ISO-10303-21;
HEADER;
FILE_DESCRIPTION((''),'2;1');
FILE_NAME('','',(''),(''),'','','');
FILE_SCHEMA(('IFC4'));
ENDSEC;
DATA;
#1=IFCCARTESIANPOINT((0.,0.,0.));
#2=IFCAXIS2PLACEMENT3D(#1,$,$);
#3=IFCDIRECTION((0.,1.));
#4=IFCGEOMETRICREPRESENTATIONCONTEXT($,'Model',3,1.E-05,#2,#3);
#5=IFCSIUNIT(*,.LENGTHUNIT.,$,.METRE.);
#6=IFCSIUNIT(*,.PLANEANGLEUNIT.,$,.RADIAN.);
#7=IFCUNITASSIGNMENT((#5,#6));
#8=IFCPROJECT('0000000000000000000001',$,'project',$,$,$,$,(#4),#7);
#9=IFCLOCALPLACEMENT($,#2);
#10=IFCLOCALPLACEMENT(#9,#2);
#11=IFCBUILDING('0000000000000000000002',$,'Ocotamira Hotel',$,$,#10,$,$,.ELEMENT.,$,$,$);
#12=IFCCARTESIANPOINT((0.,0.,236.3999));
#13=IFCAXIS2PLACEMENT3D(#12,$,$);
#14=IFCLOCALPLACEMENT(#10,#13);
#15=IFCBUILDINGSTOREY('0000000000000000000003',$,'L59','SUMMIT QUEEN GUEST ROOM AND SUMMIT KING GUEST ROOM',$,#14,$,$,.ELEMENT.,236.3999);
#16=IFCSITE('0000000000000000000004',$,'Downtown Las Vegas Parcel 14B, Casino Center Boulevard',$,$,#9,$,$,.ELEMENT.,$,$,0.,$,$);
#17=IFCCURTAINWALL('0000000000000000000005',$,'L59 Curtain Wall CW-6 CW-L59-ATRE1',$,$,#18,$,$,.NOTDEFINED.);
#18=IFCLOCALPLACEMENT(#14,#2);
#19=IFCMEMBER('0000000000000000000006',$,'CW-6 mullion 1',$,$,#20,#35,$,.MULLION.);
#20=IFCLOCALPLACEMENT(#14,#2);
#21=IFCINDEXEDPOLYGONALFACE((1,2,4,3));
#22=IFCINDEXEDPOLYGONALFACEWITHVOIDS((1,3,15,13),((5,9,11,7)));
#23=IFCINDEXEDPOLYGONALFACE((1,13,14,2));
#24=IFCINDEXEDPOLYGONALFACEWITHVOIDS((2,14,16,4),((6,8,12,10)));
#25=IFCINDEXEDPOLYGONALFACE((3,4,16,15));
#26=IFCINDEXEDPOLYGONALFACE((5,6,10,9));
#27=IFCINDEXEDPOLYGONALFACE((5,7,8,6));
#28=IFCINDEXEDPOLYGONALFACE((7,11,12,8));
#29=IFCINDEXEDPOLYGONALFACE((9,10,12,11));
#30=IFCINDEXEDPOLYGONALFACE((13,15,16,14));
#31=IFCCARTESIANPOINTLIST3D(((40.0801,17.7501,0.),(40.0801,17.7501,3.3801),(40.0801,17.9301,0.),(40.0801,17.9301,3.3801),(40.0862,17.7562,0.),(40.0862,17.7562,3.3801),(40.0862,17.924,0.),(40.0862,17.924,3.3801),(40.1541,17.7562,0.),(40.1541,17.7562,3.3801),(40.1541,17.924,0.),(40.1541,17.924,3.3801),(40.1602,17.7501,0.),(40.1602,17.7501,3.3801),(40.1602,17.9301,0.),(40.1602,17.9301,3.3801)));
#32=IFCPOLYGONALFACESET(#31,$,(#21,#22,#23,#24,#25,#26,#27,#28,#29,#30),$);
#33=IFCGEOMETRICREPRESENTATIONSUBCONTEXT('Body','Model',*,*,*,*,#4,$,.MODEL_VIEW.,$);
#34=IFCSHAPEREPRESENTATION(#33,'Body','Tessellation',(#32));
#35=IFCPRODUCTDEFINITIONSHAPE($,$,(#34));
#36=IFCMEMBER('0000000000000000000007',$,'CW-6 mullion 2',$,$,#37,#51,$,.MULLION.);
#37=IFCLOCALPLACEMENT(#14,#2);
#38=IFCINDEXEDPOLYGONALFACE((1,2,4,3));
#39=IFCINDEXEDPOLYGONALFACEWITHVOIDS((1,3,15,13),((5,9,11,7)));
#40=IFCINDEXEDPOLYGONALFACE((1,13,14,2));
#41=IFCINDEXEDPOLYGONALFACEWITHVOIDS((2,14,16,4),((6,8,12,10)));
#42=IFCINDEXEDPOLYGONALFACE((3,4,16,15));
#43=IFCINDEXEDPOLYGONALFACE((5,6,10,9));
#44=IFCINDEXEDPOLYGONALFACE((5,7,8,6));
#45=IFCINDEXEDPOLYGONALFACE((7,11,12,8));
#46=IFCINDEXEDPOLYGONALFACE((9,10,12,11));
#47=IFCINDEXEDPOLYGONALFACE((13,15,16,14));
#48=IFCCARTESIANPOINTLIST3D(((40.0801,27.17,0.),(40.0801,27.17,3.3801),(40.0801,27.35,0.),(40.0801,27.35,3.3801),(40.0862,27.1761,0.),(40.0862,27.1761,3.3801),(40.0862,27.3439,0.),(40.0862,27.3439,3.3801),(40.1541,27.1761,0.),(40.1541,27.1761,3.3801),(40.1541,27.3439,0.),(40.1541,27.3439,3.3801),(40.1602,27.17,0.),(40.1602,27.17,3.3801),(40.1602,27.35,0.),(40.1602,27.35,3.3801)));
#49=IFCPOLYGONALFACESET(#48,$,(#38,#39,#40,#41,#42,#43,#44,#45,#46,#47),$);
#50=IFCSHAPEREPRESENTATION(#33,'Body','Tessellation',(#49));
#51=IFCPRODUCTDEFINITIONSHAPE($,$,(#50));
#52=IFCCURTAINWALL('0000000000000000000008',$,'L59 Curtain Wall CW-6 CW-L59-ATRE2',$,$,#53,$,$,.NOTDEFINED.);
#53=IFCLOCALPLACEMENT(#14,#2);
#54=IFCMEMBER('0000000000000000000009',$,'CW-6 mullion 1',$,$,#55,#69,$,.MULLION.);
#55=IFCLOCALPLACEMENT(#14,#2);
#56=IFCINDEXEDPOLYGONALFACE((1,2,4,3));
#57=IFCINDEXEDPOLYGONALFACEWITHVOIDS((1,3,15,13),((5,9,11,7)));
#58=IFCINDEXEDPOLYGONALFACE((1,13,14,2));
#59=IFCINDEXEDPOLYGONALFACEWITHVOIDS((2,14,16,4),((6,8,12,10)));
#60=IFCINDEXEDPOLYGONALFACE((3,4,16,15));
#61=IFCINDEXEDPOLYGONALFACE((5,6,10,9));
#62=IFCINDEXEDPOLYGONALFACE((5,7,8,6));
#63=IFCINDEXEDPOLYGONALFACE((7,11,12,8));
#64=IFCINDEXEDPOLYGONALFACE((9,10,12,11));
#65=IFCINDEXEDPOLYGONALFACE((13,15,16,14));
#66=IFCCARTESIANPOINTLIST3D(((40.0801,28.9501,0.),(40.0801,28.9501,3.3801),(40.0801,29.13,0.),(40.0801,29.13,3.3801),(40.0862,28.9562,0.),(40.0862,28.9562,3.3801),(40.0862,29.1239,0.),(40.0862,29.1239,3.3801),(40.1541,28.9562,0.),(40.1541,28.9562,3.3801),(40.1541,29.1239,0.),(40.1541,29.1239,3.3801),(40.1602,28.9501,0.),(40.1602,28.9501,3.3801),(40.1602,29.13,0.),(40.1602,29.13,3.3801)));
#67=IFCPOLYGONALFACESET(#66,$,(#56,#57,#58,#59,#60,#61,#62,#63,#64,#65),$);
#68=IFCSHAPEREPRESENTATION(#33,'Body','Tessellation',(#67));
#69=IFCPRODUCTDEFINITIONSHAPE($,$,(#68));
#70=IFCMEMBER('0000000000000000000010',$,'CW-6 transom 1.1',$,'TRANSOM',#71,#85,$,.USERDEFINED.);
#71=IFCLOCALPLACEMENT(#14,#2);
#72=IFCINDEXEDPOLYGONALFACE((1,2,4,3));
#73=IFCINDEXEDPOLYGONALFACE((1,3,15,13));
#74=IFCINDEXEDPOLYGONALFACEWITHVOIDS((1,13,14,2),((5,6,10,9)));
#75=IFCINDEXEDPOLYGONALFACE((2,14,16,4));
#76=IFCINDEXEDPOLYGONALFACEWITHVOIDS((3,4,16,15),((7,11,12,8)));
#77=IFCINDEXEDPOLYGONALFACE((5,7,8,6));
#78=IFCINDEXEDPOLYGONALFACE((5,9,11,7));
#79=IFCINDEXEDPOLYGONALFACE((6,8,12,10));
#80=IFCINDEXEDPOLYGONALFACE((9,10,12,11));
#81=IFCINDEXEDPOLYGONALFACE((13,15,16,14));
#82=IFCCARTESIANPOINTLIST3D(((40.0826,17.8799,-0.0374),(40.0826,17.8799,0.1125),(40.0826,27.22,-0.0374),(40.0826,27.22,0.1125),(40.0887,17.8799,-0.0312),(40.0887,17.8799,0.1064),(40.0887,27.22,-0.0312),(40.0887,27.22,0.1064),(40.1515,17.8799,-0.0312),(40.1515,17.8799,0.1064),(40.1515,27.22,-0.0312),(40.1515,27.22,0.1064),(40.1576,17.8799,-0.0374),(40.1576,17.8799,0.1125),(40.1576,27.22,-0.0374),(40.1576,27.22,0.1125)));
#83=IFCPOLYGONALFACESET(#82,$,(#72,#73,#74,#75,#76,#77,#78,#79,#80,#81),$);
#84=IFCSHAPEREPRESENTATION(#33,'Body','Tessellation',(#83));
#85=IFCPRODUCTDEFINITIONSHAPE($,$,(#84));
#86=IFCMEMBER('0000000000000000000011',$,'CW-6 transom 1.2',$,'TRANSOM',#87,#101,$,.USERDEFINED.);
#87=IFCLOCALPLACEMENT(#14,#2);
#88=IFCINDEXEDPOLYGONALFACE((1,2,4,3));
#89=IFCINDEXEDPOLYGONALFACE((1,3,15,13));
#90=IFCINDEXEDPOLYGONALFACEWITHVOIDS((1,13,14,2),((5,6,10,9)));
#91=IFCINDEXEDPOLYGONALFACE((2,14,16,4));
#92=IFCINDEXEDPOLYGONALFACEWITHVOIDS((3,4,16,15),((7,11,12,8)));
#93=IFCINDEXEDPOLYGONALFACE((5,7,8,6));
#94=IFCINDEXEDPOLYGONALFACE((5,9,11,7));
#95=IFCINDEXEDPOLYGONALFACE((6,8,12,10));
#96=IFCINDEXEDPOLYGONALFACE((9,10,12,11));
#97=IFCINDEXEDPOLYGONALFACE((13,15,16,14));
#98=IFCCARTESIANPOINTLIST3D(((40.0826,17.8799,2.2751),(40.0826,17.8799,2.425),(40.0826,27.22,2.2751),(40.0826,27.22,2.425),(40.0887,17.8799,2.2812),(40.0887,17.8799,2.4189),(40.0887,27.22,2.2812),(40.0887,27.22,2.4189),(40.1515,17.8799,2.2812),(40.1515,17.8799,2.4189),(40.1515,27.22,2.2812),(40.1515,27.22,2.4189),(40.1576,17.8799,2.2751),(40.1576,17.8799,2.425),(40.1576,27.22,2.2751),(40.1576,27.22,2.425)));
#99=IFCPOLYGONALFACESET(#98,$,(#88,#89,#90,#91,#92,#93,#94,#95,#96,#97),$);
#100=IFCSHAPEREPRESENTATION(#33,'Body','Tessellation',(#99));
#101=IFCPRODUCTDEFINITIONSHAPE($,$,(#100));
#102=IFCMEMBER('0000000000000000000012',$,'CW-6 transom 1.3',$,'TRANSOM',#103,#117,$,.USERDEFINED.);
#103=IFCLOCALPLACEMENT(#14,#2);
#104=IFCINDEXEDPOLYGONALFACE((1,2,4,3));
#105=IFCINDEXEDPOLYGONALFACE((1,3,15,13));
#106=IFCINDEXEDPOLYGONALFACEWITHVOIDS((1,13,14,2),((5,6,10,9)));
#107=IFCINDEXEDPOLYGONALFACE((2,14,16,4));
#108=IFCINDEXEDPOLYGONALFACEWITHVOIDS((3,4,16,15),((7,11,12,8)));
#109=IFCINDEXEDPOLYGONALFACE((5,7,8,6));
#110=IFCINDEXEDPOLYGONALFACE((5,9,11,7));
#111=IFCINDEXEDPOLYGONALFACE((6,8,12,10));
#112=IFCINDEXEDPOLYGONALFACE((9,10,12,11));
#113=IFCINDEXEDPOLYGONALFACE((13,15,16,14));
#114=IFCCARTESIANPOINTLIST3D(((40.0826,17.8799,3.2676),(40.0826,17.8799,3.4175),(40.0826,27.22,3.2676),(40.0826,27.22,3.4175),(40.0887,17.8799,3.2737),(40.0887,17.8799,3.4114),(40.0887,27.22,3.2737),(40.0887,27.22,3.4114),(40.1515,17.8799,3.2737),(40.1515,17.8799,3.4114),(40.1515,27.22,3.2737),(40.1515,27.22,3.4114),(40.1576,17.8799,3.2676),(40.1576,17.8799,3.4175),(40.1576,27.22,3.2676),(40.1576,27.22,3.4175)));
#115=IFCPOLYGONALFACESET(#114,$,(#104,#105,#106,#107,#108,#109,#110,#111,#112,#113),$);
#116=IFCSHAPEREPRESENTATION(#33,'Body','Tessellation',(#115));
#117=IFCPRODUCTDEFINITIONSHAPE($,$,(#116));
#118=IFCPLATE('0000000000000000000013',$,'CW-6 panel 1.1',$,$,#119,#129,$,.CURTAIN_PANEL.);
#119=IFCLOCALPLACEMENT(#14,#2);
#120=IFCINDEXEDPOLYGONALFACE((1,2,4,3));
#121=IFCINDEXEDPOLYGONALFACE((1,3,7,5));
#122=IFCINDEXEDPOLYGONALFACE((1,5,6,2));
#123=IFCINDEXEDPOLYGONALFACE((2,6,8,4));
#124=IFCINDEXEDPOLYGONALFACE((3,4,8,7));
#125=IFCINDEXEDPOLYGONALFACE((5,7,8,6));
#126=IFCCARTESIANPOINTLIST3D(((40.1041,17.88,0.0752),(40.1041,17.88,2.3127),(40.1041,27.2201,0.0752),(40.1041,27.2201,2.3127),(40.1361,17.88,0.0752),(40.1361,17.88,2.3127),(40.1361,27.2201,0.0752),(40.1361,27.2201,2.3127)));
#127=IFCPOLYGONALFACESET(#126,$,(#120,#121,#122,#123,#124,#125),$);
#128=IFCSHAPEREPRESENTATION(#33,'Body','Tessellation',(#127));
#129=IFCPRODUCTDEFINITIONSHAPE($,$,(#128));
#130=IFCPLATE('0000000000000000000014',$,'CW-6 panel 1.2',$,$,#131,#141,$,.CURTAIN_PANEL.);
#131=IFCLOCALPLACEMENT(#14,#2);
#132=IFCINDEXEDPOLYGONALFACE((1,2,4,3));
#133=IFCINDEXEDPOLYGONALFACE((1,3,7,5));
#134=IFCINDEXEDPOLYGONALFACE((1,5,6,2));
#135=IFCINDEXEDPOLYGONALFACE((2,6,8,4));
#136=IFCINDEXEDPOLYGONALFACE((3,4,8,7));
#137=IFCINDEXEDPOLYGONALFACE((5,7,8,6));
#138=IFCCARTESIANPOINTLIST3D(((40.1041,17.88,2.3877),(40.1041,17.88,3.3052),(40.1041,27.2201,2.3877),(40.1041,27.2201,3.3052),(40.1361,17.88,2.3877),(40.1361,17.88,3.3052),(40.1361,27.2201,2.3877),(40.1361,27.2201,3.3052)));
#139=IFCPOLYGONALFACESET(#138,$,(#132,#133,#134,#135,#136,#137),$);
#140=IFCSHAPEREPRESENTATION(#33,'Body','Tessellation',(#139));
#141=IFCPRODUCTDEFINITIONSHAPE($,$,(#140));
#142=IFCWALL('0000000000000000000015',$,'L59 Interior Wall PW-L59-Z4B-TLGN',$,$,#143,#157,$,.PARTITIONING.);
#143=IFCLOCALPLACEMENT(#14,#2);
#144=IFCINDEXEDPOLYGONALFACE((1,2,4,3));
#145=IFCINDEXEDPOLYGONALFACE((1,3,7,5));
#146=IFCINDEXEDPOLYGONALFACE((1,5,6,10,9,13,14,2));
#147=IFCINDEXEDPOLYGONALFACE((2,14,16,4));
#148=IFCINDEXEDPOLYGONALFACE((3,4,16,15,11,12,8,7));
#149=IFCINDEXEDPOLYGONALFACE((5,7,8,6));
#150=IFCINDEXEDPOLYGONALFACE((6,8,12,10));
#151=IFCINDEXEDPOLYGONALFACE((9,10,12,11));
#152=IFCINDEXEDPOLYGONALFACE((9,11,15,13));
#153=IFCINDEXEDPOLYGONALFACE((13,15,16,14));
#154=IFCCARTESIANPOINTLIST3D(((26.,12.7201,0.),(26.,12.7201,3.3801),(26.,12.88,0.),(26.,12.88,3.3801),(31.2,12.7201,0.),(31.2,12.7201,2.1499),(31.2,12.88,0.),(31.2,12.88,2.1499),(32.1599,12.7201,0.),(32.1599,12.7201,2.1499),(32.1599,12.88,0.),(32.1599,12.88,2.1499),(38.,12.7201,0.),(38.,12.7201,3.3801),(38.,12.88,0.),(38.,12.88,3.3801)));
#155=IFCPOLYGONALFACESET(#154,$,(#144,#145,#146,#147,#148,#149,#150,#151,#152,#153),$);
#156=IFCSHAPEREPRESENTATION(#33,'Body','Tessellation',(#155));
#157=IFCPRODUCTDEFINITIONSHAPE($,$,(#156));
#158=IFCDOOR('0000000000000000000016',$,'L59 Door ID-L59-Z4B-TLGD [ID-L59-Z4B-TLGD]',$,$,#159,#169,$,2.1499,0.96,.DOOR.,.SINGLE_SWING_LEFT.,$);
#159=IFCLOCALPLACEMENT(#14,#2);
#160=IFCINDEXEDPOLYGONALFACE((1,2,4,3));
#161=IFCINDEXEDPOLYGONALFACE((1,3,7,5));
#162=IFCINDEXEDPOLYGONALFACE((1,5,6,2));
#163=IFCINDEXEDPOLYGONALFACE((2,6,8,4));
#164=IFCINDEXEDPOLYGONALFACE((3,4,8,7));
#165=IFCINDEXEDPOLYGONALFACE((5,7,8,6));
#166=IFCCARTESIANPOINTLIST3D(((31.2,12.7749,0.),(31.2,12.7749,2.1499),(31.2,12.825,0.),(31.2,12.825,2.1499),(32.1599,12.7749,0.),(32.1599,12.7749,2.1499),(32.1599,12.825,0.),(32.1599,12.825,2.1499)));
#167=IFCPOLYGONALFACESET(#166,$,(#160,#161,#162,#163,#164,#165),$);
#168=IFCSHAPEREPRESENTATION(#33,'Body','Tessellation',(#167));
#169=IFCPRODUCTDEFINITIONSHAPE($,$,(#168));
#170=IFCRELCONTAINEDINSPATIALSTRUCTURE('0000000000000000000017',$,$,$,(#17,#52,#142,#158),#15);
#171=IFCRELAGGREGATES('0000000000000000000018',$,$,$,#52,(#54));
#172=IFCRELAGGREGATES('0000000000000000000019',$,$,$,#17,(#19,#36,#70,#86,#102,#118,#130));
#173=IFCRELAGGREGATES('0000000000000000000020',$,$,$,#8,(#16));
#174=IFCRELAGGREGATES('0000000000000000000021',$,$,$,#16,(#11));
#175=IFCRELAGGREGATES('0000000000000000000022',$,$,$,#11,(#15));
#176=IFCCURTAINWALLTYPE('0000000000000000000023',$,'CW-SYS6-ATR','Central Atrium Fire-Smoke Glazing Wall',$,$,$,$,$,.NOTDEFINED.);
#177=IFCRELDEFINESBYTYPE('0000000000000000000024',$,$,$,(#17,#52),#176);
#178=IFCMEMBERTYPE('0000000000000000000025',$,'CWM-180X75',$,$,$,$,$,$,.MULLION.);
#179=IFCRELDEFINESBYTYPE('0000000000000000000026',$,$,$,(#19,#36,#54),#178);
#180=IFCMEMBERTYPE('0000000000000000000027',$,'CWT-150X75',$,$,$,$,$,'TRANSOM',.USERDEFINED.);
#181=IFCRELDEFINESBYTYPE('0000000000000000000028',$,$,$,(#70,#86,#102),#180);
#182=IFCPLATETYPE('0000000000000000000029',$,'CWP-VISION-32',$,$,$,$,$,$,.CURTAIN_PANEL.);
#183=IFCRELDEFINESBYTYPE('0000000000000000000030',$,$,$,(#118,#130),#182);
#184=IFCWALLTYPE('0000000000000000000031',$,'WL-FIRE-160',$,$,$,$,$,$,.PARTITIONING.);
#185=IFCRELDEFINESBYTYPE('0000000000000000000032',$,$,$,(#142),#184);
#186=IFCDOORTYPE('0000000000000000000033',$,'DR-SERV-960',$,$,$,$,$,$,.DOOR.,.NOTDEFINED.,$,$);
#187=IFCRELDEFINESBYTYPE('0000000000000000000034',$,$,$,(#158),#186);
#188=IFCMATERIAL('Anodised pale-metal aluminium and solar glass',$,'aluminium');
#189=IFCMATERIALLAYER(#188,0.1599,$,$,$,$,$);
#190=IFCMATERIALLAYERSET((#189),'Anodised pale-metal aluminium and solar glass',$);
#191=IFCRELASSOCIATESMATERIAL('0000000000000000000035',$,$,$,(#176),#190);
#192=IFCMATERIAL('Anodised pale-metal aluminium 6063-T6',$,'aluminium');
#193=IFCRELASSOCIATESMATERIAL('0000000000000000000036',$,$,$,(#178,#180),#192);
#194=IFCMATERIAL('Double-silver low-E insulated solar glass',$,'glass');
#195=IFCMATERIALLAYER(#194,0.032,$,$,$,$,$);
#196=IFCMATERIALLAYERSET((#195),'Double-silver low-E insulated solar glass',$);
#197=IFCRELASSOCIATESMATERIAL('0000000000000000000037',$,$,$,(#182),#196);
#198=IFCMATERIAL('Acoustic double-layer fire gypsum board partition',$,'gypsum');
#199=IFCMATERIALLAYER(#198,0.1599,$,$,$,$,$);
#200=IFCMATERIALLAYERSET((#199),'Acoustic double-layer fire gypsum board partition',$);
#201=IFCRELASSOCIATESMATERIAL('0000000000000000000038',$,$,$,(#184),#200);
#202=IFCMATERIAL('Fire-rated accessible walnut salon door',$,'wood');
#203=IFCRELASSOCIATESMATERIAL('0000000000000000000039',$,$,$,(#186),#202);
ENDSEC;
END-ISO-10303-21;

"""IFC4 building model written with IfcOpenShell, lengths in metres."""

from ifc_helpers import new_model, si_unit, direction, frame, frame_2d, origin, origin_2d, place, context, subcontext, project, spatial, rectangle, hollow_rectangle, extrude, source, transform, mapped, material, layer, layer_set, material_profile, profile_set, type_object, element, fill, aggregate, save


model = new_model("IFC4")

# Units and contexts
model_context = context("Model", 3, precision=1e-05, world=origin(), true_north=direction((0.0, 1.0)))
body_context = subcontext(model_context, "Body", "Model", "MODEL_VIEW")
ifc_project = project(units=[si_unit("LENGTHUNIT", "METRE"), si_unit("PLANEANGLEUNIT", "RADIAN")], contexts=[model_context])

# Site, building, storey
site_placement = place(None, origin())
site = spatial("IfcSite", under=ifc_project, at=site_placement, Name="Downtown Las Vegas Parcel 14B, Casino Center Boulevard", CompositionType="ELEMENT", RefElevation=0.0)
building_placement = place(site_placement, origin())
building = spatial("IfcBuilding", under=site, at=building_placement, Name="Ocotamira Hotel", CompositionType="ELEMENT")
storey_placement = place(building_placement, frame((0.0, 0.0, 236.3999)))
storey = spatial("IfcBuildingStorey", under=building, at=storey_placement, Name="L59", Description="SUMMIT QUEEN GUEST ROOM AND SUMMIT KING GUEST ROOM", CompositionType="ELEMENT", Elevation=236.3999)

# Curtain wall, members
ifc_material_1 = material(Name="Anodised pale-metal aluminium and solar glass", Category="aluminium")
ifc_layer_1 = layer(ifc_material_1, 0.1599)
ifc_layer_set_1 = layer_set([ifc_layer_1], Name="Anodised pale-metal aluminium and solar glass")
curtain_wall_type = type_object("IfcCurtainWallType", Name="CW-SYS6-ATR", Description="Central Atrium Fire-Smoke Glazing Wall", PredefinedType="NOTDEFINED", material=ifc_layer_set_1)
curtain_wall_1_placement = place(storey_placement, origin())
curtain_wall_1 = element("IfcCurtainWall", 1, at=curtain_wall_1_placement, inside=storey, type_object=curtain_wall_type, Name="L59 Curtain Wall CW-6 CW-L59-ATRE1", PredefinedType="NOTDEFINED")
ifc_material_2 = material(Name="Anodised pale-metal aluminium 6063-T6", Category="aluminium")
ifc_material_profile_1 = material_profile(ifc_material_2, hollow_rectangle(XDim=0.0801, YDim=0.1799, WallThickness=0.0061, at=origin_2d()), Name="HSS180X80X6")
ifc_profile_set_1 = profile_set([ifc_material_profile_1], Name="Anodised pale-metal aluminium 6063-T6")
member_type_1 = type_object("IfcMemberType", Name="CWM-180X75", PredefinedType="MULLION", material=ifc_profile_set_1)
shared_shape_1 = source(origin(), body_context, "Body", "SweptSolid", [
    extrude(hollow_rectangle(XDim=0.0801, YDim=0.1799, WallThickness=0.0061, at=origin_2d()), origin(), (0.0, 0.0, 1.0), 3.3801),
])
member_1_placement = place(storey_placement, frame((40.1201, 17.8401, 0.0), z_axis=(0.0, 0.0, 1.0), x_axis=(-1.0, 0.0, 0.0)))
member_1 = element("IfcMember", 2, at=member_1_placement, type_object=member_type_1, Name="CW-6 mullion 1", PredefinedType="MULLION", context=body_context, shape_type="MappedRepresentation", body=[
    mapped(shared_shape_1, transform((0.0, 0.0, 0.0), scale=1.0)),
])
member_2_placement = place(storey_placement, frame((40.1201, 27.26, 0.0), z_axis=(0.0, 0.0, 1.0), x_axis=(-1.0, 0.0, 0.0)))
member_2 = element("IfcMember", 3, at=member_2_placement, type_object=member_type_1, Name="CW-6 mullion 2", PredefinedType="MULLION", context=body_context, shape_type="MappedRepresentation", body=[
    mapped(shared_shape_1, transform((0.0, 0.0, 0.0), scale=1.0)),
])

# Curtain wall, member
curtain_wall_2_placement = place(storey_placement, origin())
curtain_wall_2 = element("IfcCurtainWall", 4, at=curtain_wall_2_placement, inside=storey, type_object=curtain_wall_type, Name="L59 Curtain Wall CW-6 CW-L59-ATRE2", PredefinedType="NOTDEFINED")
member_3_placement = place(storey_placement, frame((40.1201, 29.04, 0.0), z_axis=(0.0, 0.0, 1.0), x_axis=(-1.0, 0.0, 0.0)))
member_3 = element("IfcMember", 5, at=member_3_placement, type_object=member_type_1, Name="CW-6 mullion 1", PredefinedType="MULLION", context=body_context, shape_type="MappedRepresentation", body=[
    mapped(shared_shape_1, transform((0.0, 0.0, 0.0), scale=1.0)),
])
aggregate(curtain_wall_2, [member_3])

# Members
ifc_material_profile_2 = material_profile(ifc_material_2, hollow_rectangle(XDim=0.075, YDim=0.1499, WallThickness=0.0061, at=origin_2d()), Name="HSS150X75X6")
ifc_profile_set_2 = profile_set([ifc_material_profile_2], Name="Anodised pale-metal aluminium 6063-T6")
member_type_2 = type_object("IfcMemberType", Name="CWT-150X75", ElementType="TRANSOM", PredefinedType="USERDEFINED", material=ifc_profile_set_2)
shared_shape_2 = source(origin(), body_context, "Body", "SweptSolid", [
    extrude(hollow_rectangle(XDim=0.075, YDim=0.1499, WallThickness=0.0061, at=origin_2d()), origin(), (0.0, 0.0, 1.0), 9.3401),
])
member_4_placement = place(storey_placement, frame((40.1201, 17.8799, 0.0376), z_axis=(0.0, 1.0, 0.0), x_axis=(-1.0, 0.0, 0.0)))
member_4 = element("IfcMember", 6, at=member_4_placement, type_object=member_type_2, Name="CW-6 transom 1.1", ObjectType="TRANSOM", PredefinedType="USERDEFINED", context=body_context, shape_type="MappedRepresentation", body=[
    mapped(shared_shape_2, transform((0.0, 0.0, 0.0), scale=1.0)),
])
member_5_placement = place(storey_placement, frame((40.1201, 17.8799, 2.3501), z_axis=(0.0, 1.0, 0.0), x_axis=(-1.0, 0.0, 0.0)))
member_5 = element("IfcMember", 7, at=member_5_placement, type_object=member_type_2, Name="CW-6 transom 1.2", ObjectType="TRANSOM", PredefinedType="USERDEFINED", context=body_context, shape_type="MappedRepresentation", body=[
    mapped(shared_shape_2, transform((0.0, 0.0, 0.0), scale=1.0)),
])
member_6_placement = place(storey_placement, frame((40.1201, 17.8799, 3.3425), z_axis=(0.0, 1.0, 0.0), x_axis=(-1.0, 0.0, 0.0)))
member_6 = element("IfcMember", 8, at=member_6_placement, type_object=member_type_2, Name="CW-6 transom 1.3", ObjectType="TRANSOM", PredefinedType="USERDEFINED", context=body_context, shape_type="MappedRepresentation", body=[
    mapped(shared_shape_2, transform((0.0, 0.0, 0.0), scale=1.0)),
])

# Plates
ifc_material_3 = material(Name="Double-silver low-E insulated solar glass", Category="glass")
ifc_layer_2 = layer(ifc_material_3, 0.032)
ifc_layer_set_2 = layer_set([ifc_layer_2], Name="Double-silver low-E insulated solar glass")
plate_type = type_object("IfcPlateType", Name="CWP-VISION-32", PredefinedType="CURTAIN_PANEL", material=ifc_layer_set_2)
shared_shape_3 = source(origin(), body_context, "Body", "SweptSolid", [
    extrude(rectangle(XDim=9.3401, YDim=0.032, at=origin_2d()), origin(), (0.0, 0.0, 1.0), 2.2375),
])
plate_1_placement = place(storey_placement, frame((40.1201, 22.55, 0.0752), z_axis=(0.0, 0.0, 1.0), x_axis=(0.0, 1.0, 0.0)))
plate_1 = element("IfcPlate", 9, at=plate_1_placement, type_object=plate_type, Name="CW-6 panel 1.1", PredefinedType="CURTAIN_PANEL", context=body_context, shape_type="MappedRepresentation", body=[
    mapped(shared_shape_3, transform((0.0, 0.0, 0.0), scale=1.0)),
])
shared_shape_4 = source(origin(), body_context, "Body", "SweptSolid", [
    extrude(rectangle(XDim=9.3401, YDim=0.032, at=origin_2d()), origin(), (0.0, 0.0, 1.0), 0.9175),
])
plate_2_placement = place(storey_placement, frame((40.1201, 22.55, 2.3877), z_axis=(0.0, 0.0, 1.0), x_axis=(0.0, 1.0, 0.0)))
plate_2 = element("IfcPlate", 10, at=plate_2_placement, type_object=plate_type, Name="CW-6 panel 1.2", PredefinedType="CURTAIN_PANEL", context=body_context, shape_type="MappedRepresentation", body=[
    mapped(shared_shape_4, transform((0.0, 0.0, 0.0), scale=1.0)),
])
aggregate(curtain_wall_1, [member_1, member_2, member_4, member_5, member_6, plate_1, plate_2])

# Wall, opening, door
ifc_material_4 = material(Name="Acoustic double-layer fire gypsum board partition", Category="gypsum")
ifc_layer_3 = layer(ifc_material_4, 0.1599)
ifc_layer_set_3 = layer_set([ifc_layer_3], Name="Acoustic double-layer fire gypsum board partition")
wall_type_1 = type_object("IfcWallType", Name="WL-FIRE-160", PredefinedType="PARTITIONING", material=ifc_layer_set_3)
wall_1_placement = place(storey_placement, frame((26.0, 12.8, 0.0), z_axis=(0.0, 0.0, 1.0), x_axis=(1.0, 0.0, 0.0)))
wall_1 = element("IfcWall", 11, at=wall_1_placement, inside=storey, type_object=wall_type_1, Name="L59 Interior Wall PW-L59-Z4B-TLGN", PredefinedType="PARTITIONING", context=body_context, shape_type="SweptSolid", body=[
    extrude(rectangle(XDim=12.0, YDim=0.1599, at=frame_2d((6.0, 0.0))), origin(), (0.0, 0.0, 1.0), 3.3801),
])
opening_1_placement = place(wall_1_placement, frame((5.2, 0.0, 0.0)))
opening_1 = element("IfcOpeningElement", 12, at=opening_1_placement, cuts=wall_1, PredefinedType="OPENING", context=body_context, shape_type="SweptSolid", body=[
    extrude(rectangle(XDim=0.96, YDim=2.1499, at=frame_2d((0.48, 1.075))), frame((0.0, 0.0898, 0.0), z_axis=(0.0, -1.0, 0.0), x_axis=(1.0, 0.0, 0.0)), (0.0, 0.0, 1.0), 0.1799),
])
ifc_material_5 = material(Name="Fire-rated accessible walnut salon door", Category="wood")
door_type_1 = type_object("IfcDoorType", Name="DR-SERV-960", OperationType="NOTDEFINED", PredefinedType="DOOR", material=ifc_material_5)
shared_shape_5 = source(origin(), body_context, "Body", "SweptSolid", [
    extrude(rectangle(XDim=0.96, YDim=2.1499, at=frame_2d((0.48, 1.075))), frame((0.0, 0.0249, 0.0), z_axis=(0.0, -1.0, 0.0), x_axis=(1.0, 0.0, 0.0)), (0.0, 0.0, 1.0), 0.05),
])
door_1_placement = place(opening_1_placement, origin())
door_1 = element("IfcDoor", 13, at=door_1_placement, inside=storey, type_object=door_type_1, Name="L59 Door ID-L59-Z4B-TLGD [ID-L59-Z4B-TLGD]", OperationType="SINGLE_SWING_LEFT", OverallHeight=2.1499, OverallWidth=0.96, PredefinedType="DOOR", context=body_context, shape_type="MappedRepresentation", body=[
    mapped(shared_shape_5, transform((0.0, 0.0, 0.0), scale=1.0)),
])
fill(opening_1, door_1)

save(model, "model.ifc")
